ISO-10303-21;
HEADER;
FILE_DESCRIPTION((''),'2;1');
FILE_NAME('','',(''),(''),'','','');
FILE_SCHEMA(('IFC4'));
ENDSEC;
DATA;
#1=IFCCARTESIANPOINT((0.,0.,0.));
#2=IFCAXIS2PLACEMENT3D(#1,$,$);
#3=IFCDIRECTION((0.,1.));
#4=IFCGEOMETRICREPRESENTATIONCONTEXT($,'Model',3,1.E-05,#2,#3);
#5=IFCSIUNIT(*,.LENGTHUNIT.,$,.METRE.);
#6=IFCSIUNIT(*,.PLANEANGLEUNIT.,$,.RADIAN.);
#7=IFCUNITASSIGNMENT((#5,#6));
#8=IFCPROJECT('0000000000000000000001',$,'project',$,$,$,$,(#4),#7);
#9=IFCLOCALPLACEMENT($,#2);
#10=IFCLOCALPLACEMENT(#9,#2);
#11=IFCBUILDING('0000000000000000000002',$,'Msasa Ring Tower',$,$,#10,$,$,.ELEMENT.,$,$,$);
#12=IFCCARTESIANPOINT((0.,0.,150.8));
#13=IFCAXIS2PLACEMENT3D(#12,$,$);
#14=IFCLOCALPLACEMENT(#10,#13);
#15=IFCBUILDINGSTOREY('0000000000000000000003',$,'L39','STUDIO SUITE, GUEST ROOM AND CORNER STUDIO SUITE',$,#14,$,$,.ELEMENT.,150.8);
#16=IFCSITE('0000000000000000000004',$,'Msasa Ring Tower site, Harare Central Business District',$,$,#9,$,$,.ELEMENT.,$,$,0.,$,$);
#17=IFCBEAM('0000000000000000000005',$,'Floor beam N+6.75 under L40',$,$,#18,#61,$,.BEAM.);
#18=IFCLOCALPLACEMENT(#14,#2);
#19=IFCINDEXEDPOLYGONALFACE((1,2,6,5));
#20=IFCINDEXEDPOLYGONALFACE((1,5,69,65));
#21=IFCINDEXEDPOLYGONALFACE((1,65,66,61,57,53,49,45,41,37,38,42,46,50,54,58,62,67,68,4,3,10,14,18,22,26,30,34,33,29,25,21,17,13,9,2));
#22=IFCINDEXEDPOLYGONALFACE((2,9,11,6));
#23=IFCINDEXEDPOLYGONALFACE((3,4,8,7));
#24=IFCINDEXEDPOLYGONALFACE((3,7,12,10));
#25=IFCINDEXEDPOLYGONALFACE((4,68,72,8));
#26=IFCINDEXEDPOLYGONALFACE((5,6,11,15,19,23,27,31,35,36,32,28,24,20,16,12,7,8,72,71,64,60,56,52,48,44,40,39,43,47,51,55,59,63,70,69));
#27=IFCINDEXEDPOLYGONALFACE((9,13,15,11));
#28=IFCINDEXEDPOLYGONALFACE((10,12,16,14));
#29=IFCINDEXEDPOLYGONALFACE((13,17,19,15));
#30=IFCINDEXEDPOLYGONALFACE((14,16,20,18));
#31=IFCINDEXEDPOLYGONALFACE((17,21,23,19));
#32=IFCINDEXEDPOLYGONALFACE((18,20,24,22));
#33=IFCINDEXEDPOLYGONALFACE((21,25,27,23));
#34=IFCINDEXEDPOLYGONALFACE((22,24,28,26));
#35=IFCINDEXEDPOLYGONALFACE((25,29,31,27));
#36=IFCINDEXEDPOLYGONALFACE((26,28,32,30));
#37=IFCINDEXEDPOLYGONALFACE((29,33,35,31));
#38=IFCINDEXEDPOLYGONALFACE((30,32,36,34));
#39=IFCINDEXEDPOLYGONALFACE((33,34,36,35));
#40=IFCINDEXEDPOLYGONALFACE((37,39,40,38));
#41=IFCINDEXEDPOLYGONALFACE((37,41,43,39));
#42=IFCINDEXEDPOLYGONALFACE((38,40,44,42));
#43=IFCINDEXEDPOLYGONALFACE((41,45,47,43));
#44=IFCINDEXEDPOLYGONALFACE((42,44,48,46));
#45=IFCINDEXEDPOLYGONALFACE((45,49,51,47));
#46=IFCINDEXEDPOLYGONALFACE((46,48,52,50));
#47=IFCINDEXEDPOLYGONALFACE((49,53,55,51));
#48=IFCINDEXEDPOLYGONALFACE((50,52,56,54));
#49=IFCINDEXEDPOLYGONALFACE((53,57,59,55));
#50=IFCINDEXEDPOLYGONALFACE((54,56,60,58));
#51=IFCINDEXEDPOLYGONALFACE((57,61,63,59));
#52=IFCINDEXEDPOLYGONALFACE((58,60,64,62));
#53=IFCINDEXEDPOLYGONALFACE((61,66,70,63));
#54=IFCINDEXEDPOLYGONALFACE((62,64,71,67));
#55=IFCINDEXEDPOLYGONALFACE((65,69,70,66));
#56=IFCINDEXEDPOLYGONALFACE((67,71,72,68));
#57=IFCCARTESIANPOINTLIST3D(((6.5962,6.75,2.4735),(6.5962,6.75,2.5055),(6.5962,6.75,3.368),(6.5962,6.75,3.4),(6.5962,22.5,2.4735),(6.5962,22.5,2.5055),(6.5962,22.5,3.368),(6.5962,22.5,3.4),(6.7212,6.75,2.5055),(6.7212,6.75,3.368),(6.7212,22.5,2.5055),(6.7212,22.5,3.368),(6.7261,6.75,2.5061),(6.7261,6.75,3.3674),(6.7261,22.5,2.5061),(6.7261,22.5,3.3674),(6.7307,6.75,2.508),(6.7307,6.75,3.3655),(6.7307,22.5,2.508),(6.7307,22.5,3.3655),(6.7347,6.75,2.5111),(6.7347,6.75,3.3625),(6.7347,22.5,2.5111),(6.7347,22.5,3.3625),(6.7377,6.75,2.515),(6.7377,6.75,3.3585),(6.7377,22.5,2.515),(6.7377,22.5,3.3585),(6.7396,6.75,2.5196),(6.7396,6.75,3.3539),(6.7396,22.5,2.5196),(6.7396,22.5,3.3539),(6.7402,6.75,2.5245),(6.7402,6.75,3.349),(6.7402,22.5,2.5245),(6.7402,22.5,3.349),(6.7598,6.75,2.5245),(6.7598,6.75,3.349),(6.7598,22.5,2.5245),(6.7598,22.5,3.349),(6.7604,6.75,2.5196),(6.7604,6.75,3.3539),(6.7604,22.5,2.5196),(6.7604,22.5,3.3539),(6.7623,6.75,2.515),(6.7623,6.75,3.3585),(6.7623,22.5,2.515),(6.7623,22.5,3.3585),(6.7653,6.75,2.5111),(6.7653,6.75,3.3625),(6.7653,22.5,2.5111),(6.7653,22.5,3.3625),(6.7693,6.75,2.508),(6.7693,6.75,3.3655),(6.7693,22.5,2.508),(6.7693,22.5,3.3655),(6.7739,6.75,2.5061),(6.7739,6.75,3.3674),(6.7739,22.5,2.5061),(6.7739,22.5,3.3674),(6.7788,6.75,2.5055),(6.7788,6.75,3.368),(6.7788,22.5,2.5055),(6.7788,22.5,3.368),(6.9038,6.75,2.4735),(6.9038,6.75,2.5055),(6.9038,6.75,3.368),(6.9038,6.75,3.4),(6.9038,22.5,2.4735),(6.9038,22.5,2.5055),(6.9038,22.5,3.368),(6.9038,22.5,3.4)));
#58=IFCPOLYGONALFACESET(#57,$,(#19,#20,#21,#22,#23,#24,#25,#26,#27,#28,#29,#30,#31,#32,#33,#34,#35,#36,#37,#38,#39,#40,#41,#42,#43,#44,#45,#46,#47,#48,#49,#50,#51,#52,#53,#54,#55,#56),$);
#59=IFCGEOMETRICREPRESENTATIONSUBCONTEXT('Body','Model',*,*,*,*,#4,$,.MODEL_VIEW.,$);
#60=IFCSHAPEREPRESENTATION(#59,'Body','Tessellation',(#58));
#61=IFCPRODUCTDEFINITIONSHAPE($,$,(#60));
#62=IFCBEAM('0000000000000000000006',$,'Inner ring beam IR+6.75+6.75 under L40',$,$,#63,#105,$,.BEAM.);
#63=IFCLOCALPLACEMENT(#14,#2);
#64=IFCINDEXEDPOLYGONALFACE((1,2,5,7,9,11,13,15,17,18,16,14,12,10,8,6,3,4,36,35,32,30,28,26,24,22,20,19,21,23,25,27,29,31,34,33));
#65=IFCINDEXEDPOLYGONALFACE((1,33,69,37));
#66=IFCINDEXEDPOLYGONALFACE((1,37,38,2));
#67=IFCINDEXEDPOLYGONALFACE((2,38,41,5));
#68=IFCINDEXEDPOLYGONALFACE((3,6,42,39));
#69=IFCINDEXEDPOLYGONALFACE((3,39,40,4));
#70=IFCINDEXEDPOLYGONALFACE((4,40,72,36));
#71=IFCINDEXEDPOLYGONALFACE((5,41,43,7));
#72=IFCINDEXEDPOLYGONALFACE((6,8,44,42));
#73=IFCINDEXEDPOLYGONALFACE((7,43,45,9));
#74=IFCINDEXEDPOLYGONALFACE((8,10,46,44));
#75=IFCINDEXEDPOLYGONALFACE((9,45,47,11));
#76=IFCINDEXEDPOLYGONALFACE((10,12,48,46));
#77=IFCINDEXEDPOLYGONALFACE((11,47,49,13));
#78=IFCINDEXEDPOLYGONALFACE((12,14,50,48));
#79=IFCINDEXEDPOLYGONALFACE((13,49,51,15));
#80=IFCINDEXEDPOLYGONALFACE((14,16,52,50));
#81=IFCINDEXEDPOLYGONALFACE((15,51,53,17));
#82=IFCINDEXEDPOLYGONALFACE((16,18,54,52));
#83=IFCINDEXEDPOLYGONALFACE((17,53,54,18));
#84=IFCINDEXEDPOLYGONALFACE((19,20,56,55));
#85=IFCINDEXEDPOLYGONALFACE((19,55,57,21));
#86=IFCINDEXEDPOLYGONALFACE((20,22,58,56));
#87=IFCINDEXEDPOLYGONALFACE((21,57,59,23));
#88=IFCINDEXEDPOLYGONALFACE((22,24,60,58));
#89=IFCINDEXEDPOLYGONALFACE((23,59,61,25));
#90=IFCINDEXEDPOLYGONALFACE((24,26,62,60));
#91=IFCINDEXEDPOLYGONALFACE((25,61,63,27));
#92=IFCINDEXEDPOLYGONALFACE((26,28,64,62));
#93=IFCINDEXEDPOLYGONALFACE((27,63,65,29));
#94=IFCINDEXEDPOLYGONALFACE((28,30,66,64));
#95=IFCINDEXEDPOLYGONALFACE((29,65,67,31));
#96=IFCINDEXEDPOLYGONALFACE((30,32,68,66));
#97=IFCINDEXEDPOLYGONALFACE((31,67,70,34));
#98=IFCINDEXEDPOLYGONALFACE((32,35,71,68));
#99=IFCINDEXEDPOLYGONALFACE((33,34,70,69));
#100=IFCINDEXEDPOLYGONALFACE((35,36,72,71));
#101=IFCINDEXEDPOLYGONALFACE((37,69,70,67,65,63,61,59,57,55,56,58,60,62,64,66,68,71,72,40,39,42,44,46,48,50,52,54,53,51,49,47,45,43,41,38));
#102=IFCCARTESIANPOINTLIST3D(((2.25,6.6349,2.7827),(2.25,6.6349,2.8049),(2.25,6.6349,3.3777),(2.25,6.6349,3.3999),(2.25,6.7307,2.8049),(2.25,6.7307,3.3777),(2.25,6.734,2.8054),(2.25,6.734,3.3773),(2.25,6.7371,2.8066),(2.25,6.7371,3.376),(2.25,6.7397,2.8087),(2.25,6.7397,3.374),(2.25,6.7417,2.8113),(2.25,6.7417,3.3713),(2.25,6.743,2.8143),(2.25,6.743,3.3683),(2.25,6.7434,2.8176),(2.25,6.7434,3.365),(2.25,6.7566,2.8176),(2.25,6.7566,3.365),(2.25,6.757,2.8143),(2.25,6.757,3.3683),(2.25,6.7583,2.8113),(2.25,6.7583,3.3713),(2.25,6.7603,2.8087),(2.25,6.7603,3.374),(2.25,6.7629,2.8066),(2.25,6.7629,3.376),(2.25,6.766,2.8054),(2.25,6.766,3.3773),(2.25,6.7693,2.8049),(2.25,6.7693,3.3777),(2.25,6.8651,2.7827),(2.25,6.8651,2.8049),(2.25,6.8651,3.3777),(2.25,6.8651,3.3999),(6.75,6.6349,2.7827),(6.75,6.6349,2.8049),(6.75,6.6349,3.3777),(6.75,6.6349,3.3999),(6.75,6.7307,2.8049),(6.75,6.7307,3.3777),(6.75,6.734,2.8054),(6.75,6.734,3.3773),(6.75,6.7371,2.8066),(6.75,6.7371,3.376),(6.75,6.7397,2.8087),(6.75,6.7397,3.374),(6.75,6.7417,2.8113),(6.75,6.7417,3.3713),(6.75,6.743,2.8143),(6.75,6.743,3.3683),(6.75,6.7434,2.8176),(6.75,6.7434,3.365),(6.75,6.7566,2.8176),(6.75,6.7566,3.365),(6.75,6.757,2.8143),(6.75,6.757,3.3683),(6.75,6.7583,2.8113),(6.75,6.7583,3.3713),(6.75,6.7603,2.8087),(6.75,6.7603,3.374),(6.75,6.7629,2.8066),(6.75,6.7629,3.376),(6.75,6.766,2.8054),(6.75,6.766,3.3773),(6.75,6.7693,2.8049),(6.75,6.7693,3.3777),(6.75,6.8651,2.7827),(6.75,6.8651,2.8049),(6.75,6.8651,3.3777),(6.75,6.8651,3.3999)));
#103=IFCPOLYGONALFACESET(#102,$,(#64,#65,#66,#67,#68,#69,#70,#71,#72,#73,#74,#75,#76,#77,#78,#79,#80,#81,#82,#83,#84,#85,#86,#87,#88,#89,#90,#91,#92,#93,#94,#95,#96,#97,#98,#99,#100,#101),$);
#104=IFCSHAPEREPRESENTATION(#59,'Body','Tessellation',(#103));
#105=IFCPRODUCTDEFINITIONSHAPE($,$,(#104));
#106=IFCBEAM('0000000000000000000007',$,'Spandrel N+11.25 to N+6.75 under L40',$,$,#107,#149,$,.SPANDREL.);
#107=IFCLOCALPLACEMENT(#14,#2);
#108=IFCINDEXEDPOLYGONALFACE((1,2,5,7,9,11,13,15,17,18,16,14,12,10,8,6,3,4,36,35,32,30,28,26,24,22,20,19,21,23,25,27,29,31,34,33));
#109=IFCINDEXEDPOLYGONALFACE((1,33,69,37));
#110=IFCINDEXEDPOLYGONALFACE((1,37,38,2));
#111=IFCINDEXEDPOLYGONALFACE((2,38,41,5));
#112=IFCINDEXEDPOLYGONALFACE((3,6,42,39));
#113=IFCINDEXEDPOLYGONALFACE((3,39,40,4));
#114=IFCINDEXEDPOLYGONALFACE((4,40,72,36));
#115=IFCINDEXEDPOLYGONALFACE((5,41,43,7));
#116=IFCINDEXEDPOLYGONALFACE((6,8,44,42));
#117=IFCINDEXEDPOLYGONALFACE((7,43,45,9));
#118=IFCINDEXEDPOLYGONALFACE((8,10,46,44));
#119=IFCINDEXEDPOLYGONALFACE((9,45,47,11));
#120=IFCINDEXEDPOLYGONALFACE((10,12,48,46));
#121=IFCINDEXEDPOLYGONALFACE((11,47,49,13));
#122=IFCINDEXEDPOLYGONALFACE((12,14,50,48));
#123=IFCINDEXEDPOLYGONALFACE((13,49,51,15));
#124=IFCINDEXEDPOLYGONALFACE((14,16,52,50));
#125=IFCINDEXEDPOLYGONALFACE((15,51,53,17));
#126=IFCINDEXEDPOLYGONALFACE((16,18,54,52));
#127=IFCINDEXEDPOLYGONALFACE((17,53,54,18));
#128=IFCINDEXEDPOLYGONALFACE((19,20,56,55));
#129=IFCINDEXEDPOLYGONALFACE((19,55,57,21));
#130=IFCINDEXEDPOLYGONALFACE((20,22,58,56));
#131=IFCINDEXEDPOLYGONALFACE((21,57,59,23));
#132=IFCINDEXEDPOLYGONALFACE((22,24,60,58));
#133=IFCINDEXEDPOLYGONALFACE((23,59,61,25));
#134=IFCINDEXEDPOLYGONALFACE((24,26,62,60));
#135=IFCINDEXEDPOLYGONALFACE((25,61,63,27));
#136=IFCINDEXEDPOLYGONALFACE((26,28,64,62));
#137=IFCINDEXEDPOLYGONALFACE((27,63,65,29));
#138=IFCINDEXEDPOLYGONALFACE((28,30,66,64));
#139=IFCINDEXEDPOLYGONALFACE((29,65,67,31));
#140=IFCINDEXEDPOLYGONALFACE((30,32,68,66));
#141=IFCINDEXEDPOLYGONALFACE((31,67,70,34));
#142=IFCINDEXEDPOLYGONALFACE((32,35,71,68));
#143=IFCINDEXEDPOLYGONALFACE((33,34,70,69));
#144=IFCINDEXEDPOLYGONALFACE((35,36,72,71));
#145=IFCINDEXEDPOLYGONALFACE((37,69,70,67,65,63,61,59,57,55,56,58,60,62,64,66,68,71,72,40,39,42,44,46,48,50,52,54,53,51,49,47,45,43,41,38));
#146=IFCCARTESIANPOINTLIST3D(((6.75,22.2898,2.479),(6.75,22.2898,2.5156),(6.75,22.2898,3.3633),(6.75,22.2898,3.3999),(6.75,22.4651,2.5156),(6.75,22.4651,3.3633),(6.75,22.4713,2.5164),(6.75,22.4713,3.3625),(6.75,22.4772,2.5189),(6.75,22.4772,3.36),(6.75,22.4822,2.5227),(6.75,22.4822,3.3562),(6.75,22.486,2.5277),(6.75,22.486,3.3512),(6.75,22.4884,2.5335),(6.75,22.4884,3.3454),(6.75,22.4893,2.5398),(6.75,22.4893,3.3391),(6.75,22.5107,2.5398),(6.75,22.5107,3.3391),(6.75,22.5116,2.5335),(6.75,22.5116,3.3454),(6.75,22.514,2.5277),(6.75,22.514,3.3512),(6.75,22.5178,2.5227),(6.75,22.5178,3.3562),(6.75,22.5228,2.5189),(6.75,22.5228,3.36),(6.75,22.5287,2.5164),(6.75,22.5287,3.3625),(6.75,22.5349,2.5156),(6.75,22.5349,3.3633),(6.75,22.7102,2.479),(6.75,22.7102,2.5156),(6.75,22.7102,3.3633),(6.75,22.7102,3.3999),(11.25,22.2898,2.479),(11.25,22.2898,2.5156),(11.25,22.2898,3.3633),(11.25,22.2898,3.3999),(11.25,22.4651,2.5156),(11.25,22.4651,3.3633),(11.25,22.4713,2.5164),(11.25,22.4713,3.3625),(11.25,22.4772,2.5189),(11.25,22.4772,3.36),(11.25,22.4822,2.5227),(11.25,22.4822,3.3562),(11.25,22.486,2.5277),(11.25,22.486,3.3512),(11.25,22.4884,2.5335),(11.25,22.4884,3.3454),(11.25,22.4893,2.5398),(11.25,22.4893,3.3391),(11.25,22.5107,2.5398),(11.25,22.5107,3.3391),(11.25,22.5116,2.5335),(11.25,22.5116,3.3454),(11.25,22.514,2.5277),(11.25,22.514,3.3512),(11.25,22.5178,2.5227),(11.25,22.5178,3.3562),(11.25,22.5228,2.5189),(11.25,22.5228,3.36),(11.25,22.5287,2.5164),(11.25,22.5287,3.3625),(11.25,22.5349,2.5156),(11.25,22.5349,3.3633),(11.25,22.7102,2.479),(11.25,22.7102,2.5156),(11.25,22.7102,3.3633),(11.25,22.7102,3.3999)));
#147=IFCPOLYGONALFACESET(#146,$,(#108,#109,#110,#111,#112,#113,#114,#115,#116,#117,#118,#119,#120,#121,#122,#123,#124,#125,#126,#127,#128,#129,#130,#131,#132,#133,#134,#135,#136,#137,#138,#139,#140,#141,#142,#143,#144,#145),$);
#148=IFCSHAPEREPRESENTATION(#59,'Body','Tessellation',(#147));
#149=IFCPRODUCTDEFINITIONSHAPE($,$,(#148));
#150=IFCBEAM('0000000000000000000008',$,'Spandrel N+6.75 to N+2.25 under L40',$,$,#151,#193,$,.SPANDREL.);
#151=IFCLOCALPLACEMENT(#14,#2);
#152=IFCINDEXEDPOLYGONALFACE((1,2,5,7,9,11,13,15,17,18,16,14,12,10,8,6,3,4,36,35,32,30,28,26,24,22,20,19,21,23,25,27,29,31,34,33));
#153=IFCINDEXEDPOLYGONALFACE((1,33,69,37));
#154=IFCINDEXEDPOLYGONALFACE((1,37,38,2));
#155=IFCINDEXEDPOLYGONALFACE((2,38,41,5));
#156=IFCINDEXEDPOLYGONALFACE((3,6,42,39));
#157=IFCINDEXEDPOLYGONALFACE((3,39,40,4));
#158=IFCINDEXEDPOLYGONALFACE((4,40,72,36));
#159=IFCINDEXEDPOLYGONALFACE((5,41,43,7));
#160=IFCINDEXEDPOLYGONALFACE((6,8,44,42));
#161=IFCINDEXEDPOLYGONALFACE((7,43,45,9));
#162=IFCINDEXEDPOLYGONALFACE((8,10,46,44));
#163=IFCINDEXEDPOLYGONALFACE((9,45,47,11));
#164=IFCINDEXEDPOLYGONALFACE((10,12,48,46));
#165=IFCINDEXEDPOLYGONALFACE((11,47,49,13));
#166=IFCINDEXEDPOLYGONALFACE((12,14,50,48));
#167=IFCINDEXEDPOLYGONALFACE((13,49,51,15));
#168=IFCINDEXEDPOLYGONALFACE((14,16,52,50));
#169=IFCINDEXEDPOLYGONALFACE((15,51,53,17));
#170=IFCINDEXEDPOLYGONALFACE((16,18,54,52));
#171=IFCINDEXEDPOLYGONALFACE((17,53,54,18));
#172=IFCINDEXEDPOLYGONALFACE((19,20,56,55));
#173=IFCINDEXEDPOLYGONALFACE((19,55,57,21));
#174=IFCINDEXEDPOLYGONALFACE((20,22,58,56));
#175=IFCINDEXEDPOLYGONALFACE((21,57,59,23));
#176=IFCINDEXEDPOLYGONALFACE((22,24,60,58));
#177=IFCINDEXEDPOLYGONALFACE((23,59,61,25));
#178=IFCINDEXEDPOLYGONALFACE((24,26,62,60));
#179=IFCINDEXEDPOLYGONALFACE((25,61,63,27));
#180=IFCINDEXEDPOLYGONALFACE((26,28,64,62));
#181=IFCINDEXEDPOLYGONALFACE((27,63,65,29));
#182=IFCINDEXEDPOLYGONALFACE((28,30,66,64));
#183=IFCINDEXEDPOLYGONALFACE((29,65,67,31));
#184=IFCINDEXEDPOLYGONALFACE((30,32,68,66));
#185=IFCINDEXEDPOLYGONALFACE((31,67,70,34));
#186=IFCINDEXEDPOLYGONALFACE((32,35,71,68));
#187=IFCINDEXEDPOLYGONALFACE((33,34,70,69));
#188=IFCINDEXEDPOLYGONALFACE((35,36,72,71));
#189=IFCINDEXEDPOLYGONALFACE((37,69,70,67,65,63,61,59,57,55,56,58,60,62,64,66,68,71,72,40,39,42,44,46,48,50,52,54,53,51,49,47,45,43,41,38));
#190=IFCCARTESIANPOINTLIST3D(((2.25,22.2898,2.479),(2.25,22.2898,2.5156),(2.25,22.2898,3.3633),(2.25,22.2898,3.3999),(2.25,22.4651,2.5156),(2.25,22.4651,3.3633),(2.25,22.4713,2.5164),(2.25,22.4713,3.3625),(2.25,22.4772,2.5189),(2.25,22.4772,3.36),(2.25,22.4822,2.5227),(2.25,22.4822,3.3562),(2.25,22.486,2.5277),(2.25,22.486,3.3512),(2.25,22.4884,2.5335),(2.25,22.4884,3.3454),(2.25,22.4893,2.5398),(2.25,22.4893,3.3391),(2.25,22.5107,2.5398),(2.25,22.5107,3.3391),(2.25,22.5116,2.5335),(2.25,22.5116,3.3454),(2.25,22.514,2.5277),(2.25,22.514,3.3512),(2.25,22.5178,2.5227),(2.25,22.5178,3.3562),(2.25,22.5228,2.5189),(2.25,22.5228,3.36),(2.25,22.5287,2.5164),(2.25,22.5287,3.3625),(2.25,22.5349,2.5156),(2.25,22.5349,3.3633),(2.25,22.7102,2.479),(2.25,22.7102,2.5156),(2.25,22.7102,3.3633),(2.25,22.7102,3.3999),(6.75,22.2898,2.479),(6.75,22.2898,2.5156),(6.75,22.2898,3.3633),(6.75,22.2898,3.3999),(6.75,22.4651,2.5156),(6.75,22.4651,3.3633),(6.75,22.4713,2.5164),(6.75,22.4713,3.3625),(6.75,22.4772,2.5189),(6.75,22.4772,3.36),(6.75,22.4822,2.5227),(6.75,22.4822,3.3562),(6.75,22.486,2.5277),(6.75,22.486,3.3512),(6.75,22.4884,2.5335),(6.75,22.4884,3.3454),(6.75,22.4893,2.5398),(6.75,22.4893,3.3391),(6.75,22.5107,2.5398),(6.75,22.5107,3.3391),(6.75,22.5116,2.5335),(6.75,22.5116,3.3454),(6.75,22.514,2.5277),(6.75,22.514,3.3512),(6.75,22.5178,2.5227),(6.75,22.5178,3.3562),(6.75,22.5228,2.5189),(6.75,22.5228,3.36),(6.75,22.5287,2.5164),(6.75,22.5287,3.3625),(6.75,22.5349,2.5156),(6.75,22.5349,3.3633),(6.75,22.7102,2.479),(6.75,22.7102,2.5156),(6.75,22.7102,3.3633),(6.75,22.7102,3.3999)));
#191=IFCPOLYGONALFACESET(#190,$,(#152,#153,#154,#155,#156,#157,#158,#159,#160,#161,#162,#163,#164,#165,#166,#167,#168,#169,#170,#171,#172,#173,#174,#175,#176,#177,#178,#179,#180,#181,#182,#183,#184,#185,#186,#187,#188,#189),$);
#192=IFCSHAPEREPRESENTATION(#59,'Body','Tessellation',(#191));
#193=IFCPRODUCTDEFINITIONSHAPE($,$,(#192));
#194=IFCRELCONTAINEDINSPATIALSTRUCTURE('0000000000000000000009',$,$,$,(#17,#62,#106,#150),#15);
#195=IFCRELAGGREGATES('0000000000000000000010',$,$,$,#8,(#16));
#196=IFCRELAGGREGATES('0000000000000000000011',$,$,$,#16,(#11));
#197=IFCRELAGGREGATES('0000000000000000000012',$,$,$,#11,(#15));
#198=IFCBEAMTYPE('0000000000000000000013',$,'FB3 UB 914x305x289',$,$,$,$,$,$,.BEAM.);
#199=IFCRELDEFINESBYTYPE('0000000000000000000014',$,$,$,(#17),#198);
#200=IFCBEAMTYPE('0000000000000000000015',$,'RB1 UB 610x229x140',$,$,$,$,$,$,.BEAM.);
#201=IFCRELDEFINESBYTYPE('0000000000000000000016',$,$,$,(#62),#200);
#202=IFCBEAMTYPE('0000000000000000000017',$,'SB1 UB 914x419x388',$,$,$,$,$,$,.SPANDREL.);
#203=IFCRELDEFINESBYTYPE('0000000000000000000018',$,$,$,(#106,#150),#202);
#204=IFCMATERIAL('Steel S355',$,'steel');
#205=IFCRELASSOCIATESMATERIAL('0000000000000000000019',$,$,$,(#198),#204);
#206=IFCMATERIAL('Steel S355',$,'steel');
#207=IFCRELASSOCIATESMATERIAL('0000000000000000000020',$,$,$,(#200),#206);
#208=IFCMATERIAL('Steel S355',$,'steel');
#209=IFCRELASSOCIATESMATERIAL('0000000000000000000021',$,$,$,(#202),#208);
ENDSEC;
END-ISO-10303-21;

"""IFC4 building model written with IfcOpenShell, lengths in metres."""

from ifc_helpers import new_model, si_unit, direction, frame, origin, origin_2d, place, context, subcontext, project, spatial, i_section, extrude, material, material_profile, profile_set, type_object, element, save


model = new_model("IFC4")

# Units and contexts
model_context = context("Model", 3, precision=1e-05, world=origin(), true_north=direction((0.0, 1.0)))
body_context = subcontext(model_context, "Body", "Model", "MODEL_VIEW")
ifc_project = project(units=[si_unit("LENGTHUNIT", "METRE"), si_unit("PLANEANGLEUNIT", "RADIAN")], contexts=[model_context])

# Site, building, storey
site_placement = place(None, origin())
site = spatial("IfcSite", under=ifc_project, at=site_placement, Name="Msasa Ring Tower site, Harare Central Business District", CompositionType="ELEMENT", RefElevation=0.0)
building_placement = place(site_placement, origin())
building = spatial("IfcBuilding", under=site, at=building_placement, Name="Msasa Ring Tower", CompositionType="ELEMENT")
storey_placement = place(building_placement, frame((0.0, 0.0, 150.8)))
storey = spatial("IfcBuildingStorey", under=building, at=storey_placement, Name="L39", Description="STUDIO SUITE, GUEST ROOM AND CORNER STUDIO SUITE", CompositionType="ELEMENT", Elevation=150.8)

# Beams
ifc_material_1 = material(Name="Steel S355", Category="steel")
ifc_material_profile_1 = material_profile(ifc_material_1, i_section(OverallWidth=0.3076, OverallDepth=0.9265, WebThickness=0.0195, FlangeThickness=0.032, FilletRadius=0.019, at=origin_2d()), Name="UB 914x305x289")
ifc_profile_set_1 = profile_set([ifc_material_profile_1], Name="Steel S355")
beam_type_1 = type_object("IfcBeamType", Name="FB3 UB 914x305x289", PredefinedType="BEAM", material=ifc_profile_set_1)
for number, where, z_axis, x_axis, name in (
    (1, (6.75, 22.5, 2.9368), (0.0, -1.0, 0.0), (1.0, 0.0, 0.0), "Floor beam N+6.75 under L40"),
):
    element("IfcBeam", number, at=place(storey_placement, frame(where, z_axis=z_axis, x_axis=x_axis)), inside=storey, type_object=beam_type_1, Name=name, PredefinedType="BEAM", context=body_context, shape_type="SweptSolid", body=[
        extrude(i_section(OverallWidth=0.3076, OverallDepth=0.9265, WebThickness=0.0195, FlangeThickness=0.032, FilletRadius=0.019, at=origin_2d()), origin(), (0.0, 0.0, 1.0), 15.75),
    ])
ifc_material_2 = material(Name="Steel S355", Category="steel")
ifc_material_profile_2 = material_profile(ifc_material_2, i_section(OverallWidth=0.2302, OverallDepth=0.6172, WebThickness=0.0132, FlangeThickness=0.0222, FilletRadius=0.0127, at=origin_2d()), Name="UB 610x229x140")
ifc_profile_set_2 = profile_set([ifc_material_profile_2], Name="Steel S355")
beam_type_2 = type_object("IfcBeamType", Name="RB1 UB 610x229x140", PredefinedType="BEAM", material=ifc_profile_set_2)
beam_placement = place(storey_placement, frame((6.75, 6.75, 3.0913), z_axis=(-1.0, 0.0, 0.0), x_axis=(0.0, -1.0, 0.0)))
element("IfcBeam", 2, at=beam_placement, inside=storey, type_object=beam_type_2, Name="Inner ring beam IR+6.75+6.75 under L40", PredefinedType="BEAM", context=body_context, shape_type="SweptSolid", body=[
    extrude(i_section(OverallWidth=0.2302, OverallDepth=0.6172, WebThickness=0.0132, FlangeThickness=0.0222, FilletRadius=0.0127, at=origin_2d()), origin(), (0.0, 0.0, 1.0), 4.5),
])
ifc_material_3 = material(Name="Steel S355", Category="steel")
ifc_material_profile_3 = material_profile(ifc_material_3, i_section(OverallWidth=0.4204, OverallDepth=0.9209, WebThickness=0.0215, FlangeThickness=0.0366, FilletRadius=0.0242, at=origin_2d()), Name="UB 914x419x388")
ifc_profile_set_3 = profile_set([ifc_material_profile_3], Name="Steel S355")
beam_type_3 = type_object("IfcBeamType", Name="SB1 UB 914x419x388", PredefinedType="SPANDREL", material=ifc_profile_set_3)
for number, where, z_axis, x_axis, name in (
    (3, (11.25, 22.5, 2.9395), (-1.0, 0.0, 0.0), (0.0, -1.0, 0.0), "Spandrel N+11.25 to N+6.75 under L40"),
    (4, (6.75, 22.5, 2.9395), (-1.0, 0.0, 0.0), (0.0, -1.0, 0.0), "Spandrel N+6.75 to N+2.25 under L40"),
):
    element("IfcBeam", number, at=place(storey_placement, frame(where, z_axis=z_axis, x_axis=x_axis)), inside=storey, type_object=beam_type_3, Name=name, PredefinedType="SPANDREL", context=body_context, shape_type="SweptSolid", body=[
        extrude(i_section(OverallWidth=0.4204, OverallDepth=0.9209, WebThickness=0.0215, FlangeThickness=0.0366, FilletRadius=0.0242, at=origin_2d()), origin(), (0.0, 0.0, 1.0), 4.5),
    ])

save(model, "model.ifc")
